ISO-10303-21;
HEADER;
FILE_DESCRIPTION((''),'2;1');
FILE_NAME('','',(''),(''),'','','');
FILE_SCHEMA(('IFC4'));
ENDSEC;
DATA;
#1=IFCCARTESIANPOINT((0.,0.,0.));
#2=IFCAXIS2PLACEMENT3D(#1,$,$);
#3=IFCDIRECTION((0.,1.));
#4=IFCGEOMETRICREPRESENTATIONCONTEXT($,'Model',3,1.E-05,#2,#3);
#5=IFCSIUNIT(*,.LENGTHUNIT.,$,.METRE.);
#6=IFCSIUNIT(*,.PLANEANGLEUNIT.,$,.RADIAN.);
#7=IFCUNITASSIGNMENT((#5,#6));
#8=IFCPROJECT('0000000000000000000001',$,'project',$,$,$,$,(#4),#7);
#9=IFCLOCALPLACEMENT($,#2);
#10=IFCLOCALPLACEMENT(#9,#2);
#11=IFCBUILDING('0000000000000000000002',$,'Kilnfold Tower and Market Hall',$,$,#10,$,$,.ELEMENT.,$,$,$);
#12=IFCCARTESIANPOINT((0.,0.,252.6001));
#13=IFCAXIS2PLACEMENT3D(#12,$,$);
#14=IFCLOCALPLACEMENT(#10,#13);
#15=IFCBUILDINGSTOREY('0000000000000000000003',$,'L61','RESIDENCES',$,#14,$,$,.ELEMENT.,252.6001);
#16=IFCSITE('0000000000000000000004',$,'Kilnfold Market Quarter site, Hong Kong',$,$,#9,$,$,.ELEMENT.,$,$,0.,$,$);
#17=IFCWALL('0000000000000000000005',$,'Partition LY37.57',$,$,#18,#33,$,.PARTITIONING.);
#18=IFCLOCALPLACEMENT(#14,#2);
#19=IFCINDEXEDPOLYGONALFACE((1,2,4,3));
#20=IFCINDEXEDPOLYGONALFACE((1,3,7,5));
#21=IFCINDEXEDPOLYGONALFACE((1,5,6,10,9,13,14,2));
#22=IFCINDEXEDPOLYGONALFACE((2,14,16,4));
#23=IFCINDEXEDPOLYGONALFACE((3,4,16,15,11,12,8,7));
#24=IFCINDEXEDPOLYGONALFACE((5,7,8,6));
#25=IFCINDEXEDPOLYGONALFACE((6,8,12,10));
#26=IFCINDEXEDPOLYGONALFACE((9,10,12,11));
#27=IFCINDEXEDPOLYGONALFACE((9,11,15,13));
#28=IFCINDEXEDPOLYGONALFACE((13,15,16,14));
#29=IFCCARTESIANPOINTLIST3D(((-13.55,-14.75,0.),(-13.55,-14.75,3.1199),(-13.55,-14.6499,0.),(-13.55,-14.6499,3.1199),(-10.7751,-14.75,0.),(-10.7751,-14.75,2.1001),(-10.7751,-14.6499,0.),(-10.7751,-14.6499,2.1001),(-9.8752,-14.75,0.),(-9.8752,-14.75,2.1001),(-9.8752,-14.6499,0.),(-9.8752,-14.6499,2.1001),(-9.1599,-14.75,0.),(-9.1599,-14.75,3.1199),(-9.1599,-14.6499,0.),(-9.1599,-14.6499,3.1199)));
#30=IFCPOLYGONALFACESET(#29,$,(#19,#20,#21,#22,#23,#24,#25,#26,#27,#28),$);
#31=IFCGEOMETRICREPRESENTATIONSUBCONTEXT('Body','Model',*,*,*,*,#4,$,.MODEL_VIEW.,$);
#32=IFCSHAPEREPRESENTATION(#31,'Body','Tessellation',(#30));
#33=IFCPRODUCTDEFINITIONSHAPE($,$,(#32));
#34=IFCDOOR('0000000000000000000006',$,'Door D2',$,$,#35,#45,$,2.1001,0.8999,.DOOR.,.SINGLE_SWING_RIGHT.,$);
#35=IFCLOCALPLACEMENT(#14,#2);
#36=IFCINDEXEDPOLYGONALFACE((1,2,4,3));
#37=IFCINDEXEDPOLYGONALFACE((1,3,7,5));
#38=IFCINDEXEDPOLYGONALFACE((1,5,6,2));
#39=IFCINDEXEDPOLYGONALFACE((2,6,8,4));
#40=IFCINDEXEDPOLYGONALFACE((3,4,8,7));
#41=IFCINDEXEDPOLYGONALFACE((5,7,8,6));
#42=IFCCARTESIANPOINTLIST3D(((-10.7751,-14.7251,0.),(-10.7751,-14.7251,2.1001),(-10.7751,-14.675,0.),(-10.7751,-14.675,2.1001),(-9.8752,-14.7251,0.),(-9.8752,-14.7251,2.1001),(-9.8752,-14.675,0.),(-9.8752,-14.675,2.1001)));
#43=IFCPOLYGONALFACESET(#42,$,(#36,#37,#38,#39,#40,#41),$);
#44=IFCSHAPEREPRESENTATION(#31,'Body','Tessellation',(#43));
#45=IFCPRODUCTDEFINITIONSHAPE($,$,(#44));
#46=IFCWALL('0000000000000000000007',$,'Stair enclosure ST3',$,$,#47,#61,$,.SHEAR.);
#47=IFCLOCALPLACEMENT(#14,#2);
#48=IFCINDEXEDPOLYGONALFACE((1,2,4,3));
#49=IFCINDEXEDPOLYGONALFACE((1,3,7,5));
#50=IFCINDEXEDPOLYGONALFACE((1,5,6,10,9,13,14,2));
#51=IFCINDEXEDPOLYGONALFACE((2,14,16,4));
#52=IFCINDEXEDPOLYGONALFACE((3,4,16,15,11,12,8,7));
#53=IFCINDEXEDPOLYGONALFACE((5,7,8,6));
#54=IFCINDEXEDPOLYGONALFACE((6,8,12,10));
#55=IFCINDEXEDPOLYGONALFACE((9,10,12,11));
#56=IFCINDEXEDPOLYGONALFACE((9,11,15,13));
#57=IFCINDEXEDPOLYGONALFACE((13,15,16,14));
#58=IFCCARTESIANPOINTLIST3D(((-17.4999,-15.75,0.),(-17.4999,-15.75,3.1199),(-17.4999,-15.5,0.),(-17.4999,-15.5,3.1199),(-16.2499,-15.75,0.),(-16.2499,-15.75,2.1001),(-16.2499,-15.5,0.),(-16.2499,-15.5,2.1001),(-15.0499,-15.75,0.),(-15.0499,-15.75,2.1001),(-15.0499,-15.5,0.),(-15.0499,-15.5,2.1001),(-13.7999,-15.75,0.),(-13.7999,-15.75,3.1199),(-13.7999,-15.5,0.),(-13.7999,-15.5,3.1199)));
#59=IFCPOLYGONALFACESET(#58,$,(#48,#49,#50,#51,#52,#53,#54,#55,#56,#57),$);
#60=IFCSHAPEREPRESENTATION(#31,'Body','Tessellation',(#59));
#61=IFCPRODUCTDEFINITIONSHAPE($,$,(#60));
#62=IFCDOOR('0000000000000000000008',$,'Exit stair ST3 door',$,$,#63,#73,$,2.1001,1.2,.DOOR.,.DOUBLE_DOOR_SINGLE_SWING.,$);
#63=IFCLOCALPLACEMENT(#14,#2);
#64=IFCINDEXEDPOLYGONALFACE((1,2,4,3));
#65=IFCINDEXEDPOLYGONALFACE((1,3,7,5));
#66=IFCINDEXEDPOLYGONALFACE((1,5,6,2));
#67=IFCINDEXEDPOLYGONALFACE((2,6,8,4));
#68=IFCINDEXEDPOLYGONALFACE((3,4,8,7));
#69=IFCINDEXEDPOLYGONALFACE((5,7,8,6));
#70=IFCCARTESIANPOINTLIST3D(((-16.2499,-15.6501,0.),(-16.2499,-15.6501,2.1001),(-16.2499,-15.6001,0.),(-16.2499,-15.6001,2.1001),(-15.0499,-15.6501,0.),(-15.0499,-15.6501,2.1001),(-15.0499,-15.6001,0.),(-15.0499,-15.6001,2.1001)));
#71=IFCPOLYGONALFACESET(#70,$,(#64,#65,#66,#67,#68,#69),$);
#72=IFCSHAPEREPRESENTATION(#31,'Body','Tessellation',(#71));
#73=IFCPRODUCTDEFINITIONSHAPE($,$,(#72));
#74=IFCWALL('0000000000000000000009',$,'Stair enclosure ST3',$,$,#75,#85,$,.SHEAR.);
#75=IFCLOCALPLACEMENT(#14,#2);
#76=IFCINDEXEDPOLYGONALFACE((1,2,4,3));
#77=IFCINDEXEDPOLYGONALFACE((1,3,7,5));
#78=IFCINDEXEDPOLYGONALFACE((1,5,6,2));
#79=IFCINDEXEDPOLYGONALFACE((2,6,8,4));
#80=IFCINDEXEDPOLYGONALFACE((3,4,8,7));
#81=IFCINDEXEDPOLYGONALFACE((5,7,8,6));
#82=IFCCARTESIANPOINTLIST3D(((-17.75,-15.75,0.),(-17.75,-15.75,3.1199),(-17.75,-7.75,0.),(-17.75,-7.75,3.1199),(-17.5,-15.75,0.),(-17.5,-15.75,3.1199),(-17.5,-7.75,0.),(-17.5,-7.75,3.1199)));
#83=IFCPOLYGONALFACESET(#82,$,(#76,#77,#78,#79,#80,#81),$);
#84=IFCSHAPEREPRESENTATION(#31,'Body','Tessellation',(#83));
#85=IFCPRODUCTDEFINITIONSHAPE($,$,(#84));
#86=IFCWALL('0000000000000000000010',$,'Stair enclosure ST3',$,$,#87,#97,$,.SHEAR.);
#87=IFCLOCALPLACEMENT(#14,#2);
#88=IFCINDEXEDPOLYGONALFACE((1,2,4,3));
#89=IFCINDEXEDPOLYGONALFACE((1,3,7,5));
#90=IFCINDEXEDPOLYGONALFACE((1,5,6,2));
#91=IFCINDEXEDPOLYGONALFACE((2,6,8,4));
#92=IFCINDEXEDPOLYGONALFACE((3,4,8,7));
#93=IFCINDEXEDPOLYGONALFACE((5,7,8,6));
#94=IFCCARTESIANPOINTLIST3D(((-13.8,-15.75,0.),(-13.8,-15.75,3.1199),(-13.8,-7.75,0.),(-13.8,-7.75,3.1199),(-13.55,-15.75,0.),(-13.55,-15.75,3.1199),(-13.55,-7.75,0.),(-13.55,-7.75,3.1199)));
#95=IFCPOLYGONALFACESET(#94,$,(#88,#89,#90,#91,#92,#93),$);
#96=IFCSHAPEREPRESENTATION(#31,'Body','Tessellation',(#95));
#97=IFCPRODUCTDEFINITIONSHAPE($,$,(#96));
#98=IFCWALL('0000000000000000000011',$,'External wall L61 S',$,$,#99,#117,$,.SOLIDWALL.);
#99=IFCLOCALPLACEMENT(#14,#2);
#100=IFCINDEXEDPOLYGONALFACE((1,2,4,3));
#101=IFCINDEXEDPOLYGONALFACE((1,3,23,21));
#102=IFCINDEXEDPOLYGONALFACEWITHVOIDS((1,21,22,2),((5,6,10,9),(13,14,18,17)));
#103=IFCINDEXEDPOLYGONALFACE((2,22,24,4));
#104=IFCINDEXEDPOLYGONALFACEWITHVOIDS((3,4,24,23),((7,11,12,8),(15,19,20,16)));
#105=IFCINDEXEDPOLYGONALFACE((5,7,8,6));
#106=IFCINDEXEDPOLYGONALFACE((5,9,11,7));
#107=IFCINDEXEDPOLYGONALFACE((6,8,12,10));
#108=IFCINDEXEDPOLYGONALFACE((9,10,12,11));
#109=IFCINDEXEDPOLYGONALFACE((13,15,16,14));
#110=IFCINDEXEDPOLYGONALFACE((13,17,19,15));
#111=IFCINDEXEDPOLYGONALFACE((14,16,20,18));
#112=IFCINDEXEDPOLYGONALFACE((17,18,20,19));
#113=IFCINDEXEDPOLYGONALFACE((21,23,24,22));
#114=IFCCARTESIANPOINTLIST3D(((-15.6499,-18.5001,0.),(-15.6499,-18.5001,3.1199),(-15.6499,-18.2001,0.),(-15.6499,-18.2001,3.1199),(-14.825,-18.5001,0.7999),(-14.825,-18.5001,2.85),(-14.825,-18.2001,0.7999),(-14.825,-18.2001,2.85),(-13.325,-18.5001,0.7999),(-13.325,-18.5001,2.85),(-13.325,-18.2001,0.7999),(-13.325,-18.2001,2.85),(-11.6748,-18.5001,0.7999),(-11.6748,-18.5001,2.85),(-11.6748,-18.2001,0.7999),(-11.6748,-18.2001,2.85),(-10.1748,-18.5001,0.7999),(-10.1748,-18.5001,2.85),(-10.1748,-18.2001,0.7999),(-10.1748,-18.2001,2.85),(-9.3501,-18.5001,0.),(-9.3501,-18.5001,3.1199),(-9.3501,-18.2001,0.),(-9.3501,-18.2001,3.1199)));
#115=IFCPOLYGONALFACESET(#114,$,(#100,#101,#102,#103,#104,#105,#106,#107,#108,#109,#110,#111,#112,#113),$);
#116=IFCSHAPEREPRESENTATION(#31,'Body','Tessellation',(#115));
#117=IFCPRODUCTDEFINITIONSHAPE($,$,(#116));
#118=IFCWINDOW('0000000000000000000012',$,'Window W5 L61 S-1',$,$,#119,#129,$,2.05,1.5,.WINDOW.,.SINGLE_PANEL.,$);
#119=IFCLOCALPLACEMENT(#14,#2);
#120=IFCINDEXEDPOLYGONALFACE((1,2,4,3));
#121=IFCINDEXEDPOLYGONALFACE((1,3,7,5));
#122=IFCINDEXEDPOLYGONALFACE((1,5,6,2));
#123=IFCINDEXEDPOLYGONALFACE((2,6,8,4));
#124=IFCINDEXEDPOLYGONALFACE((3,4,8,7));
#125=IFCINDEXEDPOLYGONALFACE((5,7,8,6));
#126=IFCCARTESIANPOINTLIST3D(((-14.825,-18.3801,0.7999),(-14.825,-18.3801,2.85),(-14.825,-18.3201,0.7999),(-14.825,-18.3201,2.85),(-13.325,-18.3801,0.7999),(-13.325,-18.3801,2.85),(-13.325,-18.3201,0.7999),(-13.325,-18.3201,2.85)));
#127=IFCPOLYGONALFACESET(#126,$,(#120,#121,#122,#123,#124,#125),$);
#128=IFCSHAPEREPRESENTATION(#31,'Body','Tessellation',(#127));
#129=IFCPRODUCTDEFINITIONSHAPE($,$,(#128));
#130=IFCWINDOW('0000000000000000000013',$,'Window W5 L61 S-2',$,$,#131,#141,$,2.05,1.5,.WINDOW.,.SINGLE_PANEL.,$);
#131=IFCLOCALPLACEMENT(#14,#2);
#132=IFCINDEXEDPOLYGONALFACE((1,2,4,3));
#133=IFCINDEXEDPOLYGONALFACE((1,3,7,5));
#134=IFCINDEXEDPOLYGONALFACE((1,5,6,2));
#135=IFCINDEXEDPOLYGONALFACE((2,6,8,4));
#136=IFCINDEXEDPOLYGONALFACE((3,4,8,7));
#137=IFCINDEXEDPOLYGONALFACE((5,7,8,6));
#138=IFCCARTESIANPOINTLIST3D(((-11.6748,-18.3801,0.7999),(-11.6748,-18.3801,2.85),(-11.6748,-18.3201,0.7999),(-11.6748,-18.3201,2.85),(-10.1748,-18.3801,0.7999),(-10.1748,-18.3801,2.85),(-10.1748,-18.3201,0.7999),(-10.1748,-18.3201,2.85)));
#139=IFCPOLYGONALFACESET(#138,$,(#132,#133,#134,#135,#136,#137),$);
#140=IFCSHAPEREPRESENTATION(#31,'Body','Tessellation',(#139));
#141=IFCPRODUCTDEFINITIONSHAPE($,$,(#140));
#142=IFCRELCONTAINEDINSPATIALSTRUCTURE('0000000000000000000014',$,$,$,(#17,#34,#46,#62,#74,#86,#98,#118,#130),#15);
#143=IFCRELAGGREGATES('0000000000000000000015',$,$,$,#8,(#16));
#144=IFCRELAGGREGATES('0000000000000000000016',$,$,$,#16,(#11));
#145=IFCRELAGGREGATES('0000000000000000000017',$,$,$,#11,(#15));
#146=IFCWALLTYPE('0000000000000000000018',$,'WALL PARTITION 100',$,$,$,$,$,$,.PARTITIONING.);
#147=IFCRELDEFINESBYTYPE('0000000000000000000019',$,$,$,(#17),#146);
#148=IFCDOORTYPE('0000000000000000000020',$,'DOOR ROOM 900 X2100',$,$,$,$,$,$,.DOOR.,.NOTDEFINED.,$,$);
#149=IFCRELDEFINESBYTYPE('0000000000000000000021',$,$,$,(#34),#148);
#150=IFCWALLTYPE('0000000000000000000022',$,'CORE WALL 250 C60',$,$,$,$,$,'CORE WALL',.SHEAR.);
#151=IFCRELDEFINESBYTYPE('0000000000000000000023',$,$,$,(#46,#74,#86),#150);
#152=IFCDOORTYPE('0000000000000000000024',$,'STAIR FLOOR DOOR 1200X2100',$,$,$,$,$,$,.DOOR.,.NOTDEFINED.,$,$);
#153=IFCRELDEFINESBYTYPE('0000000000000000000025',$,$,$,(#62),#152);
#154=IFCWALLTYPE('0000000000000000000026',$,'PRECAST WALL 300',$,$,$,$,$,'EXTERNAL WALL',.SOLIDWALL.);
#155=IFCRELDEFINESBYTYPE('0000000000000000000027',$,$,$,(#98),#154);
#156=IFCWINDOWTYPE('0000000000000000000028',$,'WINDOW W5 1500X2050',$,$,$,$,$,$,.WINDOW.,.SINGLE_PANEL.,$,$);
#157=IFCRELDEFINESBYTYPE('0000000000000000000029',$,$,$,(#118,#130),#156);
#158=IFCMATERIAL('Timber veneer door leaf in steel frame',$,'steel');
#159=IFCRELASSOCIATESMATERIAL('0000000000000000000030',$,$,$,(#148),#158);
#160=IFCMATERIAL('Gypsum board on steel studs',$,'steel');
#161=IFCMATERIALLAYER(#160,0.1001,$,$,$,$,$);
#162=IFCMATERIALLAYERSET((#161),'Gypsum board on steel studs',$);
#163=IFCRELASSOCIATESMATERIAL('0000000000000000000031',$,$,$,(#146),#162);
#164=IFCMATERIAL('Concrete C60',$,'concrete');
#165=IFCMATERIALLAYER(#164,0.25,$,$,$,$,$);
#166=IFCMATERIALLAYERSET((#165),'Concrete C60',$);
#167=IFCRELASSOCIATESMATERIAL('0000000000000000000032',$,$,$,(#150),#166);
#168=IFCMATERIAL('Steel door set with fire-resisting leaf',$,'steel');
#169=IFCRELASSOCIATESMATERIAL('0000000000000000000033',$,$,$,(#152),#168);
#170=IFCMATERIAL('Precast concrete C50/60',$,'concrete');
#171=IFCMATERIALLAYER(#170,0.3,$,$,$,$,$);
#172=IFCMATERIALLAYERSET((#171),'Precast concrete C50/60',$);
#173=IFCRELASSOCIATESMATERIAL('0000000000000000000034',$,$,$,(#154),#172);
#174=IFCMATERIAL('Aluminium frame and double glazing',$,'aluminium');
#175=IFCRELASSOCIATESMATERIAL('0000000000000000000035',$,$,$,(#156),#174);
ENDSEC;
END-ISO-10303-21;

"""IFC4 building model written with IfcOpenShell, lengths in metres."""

from ifc_helpers import new_model, si_unit, direction, frame, frame_2d, origin, place, context, subcontext, project, spatial, rectangle, extrude, source, transform, mapped, material, layer, layer_set, type_object, element, fill, save


model = new_model("IFC4")

# Units and contexts
model_context = context("Model", 3, precision=1e-05, world=origin(), true_north=direction((0.0, 1.0)))
body_context = subcontext(model_context, "Body", "Model", "MODEL_VIEW")
ifc_project = project(units=[si_unit("LENGTHUNIT", "METRE"), si_unit("PLANEANGLEUNIT", "RADIAN")], contexts=[model_context])

# Site, building, storey
site_placement = place(None, origin())
site = spatial("IfcSite", under=ifc_project, at=site_placement, Name="Kilnfold Market Quarter site, Hong Kong", CompositionType="ELEMENT", RefElevation=0.0)
building_placement = place(site_placement, origin())
building = spatial("IfcBuilding", under=site, at=building_placement, Name="Kilnfold Tower and Market Hall", CompositionType="ELEMENT")
storey_placement = place(building_placement, frame((0.0, 0.0, 252.6001)))
storey = spatial("IfcBuildingStorey", under=building, at=storey_placement, Name="L61", Description="RESIDENCES", CompositionType="ELEMENT", Elevation=252.6001)

# Shared definitions
ifc_material_1 = material(Name="Timber veneer door leaf in steel frame", Category="steel")
door_type_1 = type_object("IfcDoorType", Name="DOOR ROOM 900 X2100", OperationType="NOTDEFINED", PredefinedType="DOOR", material=ifc_material_1)

# Walls, openings, doors
ifc_material_2 = material(Name="Gypsum board on steel studs", Category="steel")
ifc_layer_1 = layer(ifc_material_2, 0.1001)
ifc_layer_set_1 = layer_set([ifc_layer_1], Name="Gypsum board on steel studs")
wall_type_1 = type_object("IfcWallType", Name="WALL PARTITION 100", PredefinedType="PARTITIONING", material=ifc_layer_set_1)
wall_1_placement = place(storey_placement, frame((-13.55, -14.7, 0.0), z_axis=(0.0, 0.0, 1.0), x_axis=(1.0, 0.0, 0.0)))
wall_1 = element("IfcWall", 1, at=wall_1_placement, inside=storey, type_object=wall_type_1, Name="Partition LY37.57", PredefinedType="PARTITIONING", context=body_context, shape_type="SweptSolid", body=[
    extrude(rectangle(XDim=4.3901, YDim=0.1001, at=frame_2d((2.1951, 0.0))), origin(), (0.0, 0.0, 1.0), 3.1199),
])
opening_1_placement = place(wall_1_placement, frame((2.7749, 0.0, 0.0)))
opening_1 = element("IfcOpeningElement", 2, at=opening_1_placement, cuts=wall_1, PredefinedType="OPENING", context=body_context, shape_type="SweptSolid", body=[
    extrude(rectangle(XDim=0.8999, YDim=2.1001, at=frame_2d((0.45, 1.05))), frame((0.0, 0.0601, 0.0), z_axis=(0.0, -1.0, 0.0), x_axis=(1.0, 0.0, 0.0)), (0.0, 0.0, 1.0), 0.1201),
])
door_1_placement = place(opening_1_placement, origin())
door_1 = element("IfcDoor", 3, at=door_1_placement, inside=storey, type_object=door_type_1, Name="Door D2", OperationType="SINGLE_SWING_RIGHT", OverallHeight=2.1001, OverallWidth=0.8999, PredefinedType="DOOR", context=body_context, shape_type="SweptSolid", body=[
    extrude(rectangle(XDim=0.8999, YDim=2.1001, at=frame_2d((0.45, 1.05))), frame((0.0, 0.0249, 0.0), z_axis=(0.0, -1.0, 0.0), x_axis=(1.0, 0.0, 0.0)), (0.0, 0.0, 1.0), 0.05),
])
fill(opening_1, door_1)
ifc_material_3 = material(Name="Concrete C60", Category="concrete")
ifc_layer_2 = layer(ifc_material_3, 0.25)
ifc_layer_set_2 = layer_set([ifc_layer_2], Name="Concrete C60")
wall_type_2 = type_object("IfcWallType", Name="CORE WALL 250 C60", ElementType="CORE WALL", PredefinedType="SHEAR", material=ifc_layer_set_2)
shared_shape_1 = source(origin(), body_context, "Body", "SweptSolid", [
    extrude(rectangle(XDim=3.7, YDim=0.25, at=frame_2d((1.8501, 0.0))), origin(), (0.0, 0.0, 1.0), 3.1199),
])
wall_2_placement = place(storey_placement, frame((-17.5, -15.625, 0.0), z_axis=(0.0, 0.0, 1.0), x_axis=(1.0, 0.0, 0.0)))
wall_2 = element("IfcWall", 4, at=wall_2_placement, inside=storey, type_object=wall_type_2, Name="Stair enclosure ST3", PredefinedType="SHEAR", context=body_context, shape_type="MappedRepresentation", body=[
    mapped(shared_shape_1, transform((0.0, 0.0, 0.0))),
])
opening_2_placement = place(wall_2_placement, frame((1.25, 0.0, 0.0)))
opening_2 = element("IfcOpeningElement", 5, at=opening_2_placement, cuts=wall_2, PredefinedType="OPENING", context=body_context, shape_type="SweptSolid", body=[
    extrude(rectangle(XDim=1.2, YDim=2.1001, at=frame_2d((0.6001, 1.05))), frame((0.0, 0.135, 0.0), z_axis=(0.0, -1.0, 0.0), x_axis=(1.0, 0.0, 0.0)), (0.0, 0.0, 1.0), 0.27),
])
ifc_material_4 = material(Name="Steel door set with fire-resisting leaf", Category="steel")
door_type_2 = type_object("IfcDoorType", Name="STAIR FLOOR DOOR 1200X2100", OperationType="NOTDEFINED", PredefinedType="DOOR", material=ifc_material_4)
door_2_placement = place(opening_2_placement, origin())
door_2 = element("IfcDoor", 6, at=door_2_placement, inside=storey, type_object=door_type_2, Name="Exit stair ST3 door", OperationType="DOUBLE_DOOR_SINGLE_SWING", OverallHeight=2.1001, OverallWidth=1.2, PredefinedType="DOOR", context=body_context, shape_type="SweptSolid", body=[
    extrude(rectangle(XDim=1.2, YDim=2.1001, at=frame_2d((0.6001, 1.05))), frame((0.0, 0.0249, 0.0), z_axis=(0.0, -1.0, 0.0), x_axis=(1.0, 0.0, 0.0)), (0.0, 0.0, 1.0), 0.05),
])
fill(opening_2, door_2)

# Walls
shared_shape_2 = source(origin(), body_context, "Body", "SweptSolid", [
    extrude(rectangle(XDim=8.0, YDim=0.25, at=frame_2d((4.0, 0.0))), origin(), (0.0, 0.0, 1.0), 3.1199),
])
for number, where, z_axis, x_axis, name in (
    (7, (-17.625, -15.75, 0.0), (0.0, 0.0, 1.0), (0.0, 1.0, 0.0), "Stair enclosure ST3"),
    (8, (-13.675, -15.75, 0.0), (0.0, 0.0, 1.0), (0.0, 1.0, 0.0), "Stair enclosure ST3"),
):
    element("IfcWall", number, at=place(storey_placement, frame(where, z_axis=z_axis, x_axis=x_axis)), inside=storey, type_object=wall_type_2, Name=name, PredefinedType="SHEAR", context=body_context, shape_type="MappedRepresentation", body=[
        mapped(shared_shape_2, transform((0.0, 0.0, 0.0))),
    ])

# Wall, openings, windows
ifc_material_5 = material(Name="Precast concrete C50/60", Category="concrete")
ifc_layer_3 = layer(ifc_material_5, 0.3)
ifc_layer_set_3 = layer_set([ifc_layer_3], Name="Precast concrete C50/60")
wall_type_3 = type_object("IfcWallType", Name="PRECAST WALL 300", ElementType="EXTERNAL WALL", PredefinedType="SOLIDWALL", material=ifc_layer_set_3)
shared_shape_3 = source(origin(), body_context, "Body", "SweptSolid", [
    extrude(rectangle(XDim=6.2998, YDim=0.3, at=frame_2d((3.1499, 0.0))), origin(), (0.0, 0.0, 1.0), 3.1199),
])
wall_3_placement = place(storey_placement, frame((-15.6499, -18.3501, 0.0), z_axis=(0.0, 0.0, 1.0), x_axis=(1.0, 0.0, 0.0)))
wall_3 = element("IfcWall", 9, at=wall_3_placement, inside=storey, type_object=wall_type_3, Name="External wall L61 S", PredefinedType="SOLIDWALL", context=body_context, shape_type="MappedRepresentation", body=[
    mapped(shared_shape_3, transform((0.0, 0.0, 0.0))),
])
opening_3_placement = place(wall_3_placement, frame((0.825, 0.0, 0.8)))
opening_3 = element("IfcOpeningElement", 10, at=opening_3_placement, cuts=wall_3, PredefinedType="OPENING", context=body_context, shape_type="SweptSolid", body=[
    extrude(rectangle(XDim=1.5, YDim=2.05, at=frame_2d((0.75, 1.0249))), frame((0.0, 0.1602, 0.0), z_axis=(0.0, -1.0, 0.0), x_axis=(1.0, 0.0, 0.0)), (0.0, 0.0, 1.0), 0.3201),
])
opening_4_placement = place(wall_3_placement, frame((3.9751, 0.0, 0.8)))
opening_4 = element("IfcOpeningElement", 11, at=opening_4_placement, cuts=wall_3, PredefinedType="OPENING", context=body_context, shape_type="SweptSolid", body=[
    extrude(rectangle(XDim=1.5, YDim=2.05, at=frame_2d((0.75, 1.0249))), frame((0.0, 0.1602, 0.0), z_axis=(0.0, -1.0, 0.0), x_axis=(1.0, 0.0, 0.0)), (0.0, 0.0, 1.0), 0.3201),
])
ifc_material_6 = material(Name="Aluminium frame and double glazing", Category="aluminium")
window_type_1 = type_object("IfcWindowType", Name="WINDOW W5 1500X2050", PartitioningType="SINGLE_PANEL", PredefinedType="WINDOW", material=ifc_material_6)
window_1_placement = place(opening_3_placement, origin())
window_1 = element("IfcWindow", 12, at=window_1_placement, inside=storey, type_object=window_type_1, Name="Window W5 L61 S-1", OverallHeight=2.05, OverallWidth=1.5, PartitioningType="SINGLE_PANEL", PredefinedType="WINDOW", context=body_context, shape_type="SweptSolid", body=[
    extrude(rectangle(XDim=1.5, YDim=2.05, at=frame_2d((0.75, 1.0249))), frame((0.0, 0.03, 0.0), z_axis=(0.0, -1.0, 0.0), x_axis=(1.0, 0.0, 0.0)), (0.0, 0.0, 1.0), 0.0601),
])
fill(opening_3, window_1)
window_2_placement = place(opening_4_placement, origin())
window_2 = element("IfcWindow", 13, at=window_2_placement, inside=storey, type_object=window_type_1, Name="Window W5 L61 S-2", OverallHeight=2.05, OverallWidth=1.5, PartitioningType="SINGLE_PANEL", PredefinedType="WINDOW", context=body_context, shape_type="SweptSolid", body=[
    extrude(rectangle(XDim=1.5, YDim=2.05, at=frame_2d((0.75, 1.0249))), frame((0.0, 0.03, 0.0), z_axis=(0.0, -1.0, 0.0), x_axis=(1.0, 0.0, 0.0)), (0.0, 0.0, 1.0), 0.0601),
])
fill(opening_4, window_2)

save(model, "model.ifc")
